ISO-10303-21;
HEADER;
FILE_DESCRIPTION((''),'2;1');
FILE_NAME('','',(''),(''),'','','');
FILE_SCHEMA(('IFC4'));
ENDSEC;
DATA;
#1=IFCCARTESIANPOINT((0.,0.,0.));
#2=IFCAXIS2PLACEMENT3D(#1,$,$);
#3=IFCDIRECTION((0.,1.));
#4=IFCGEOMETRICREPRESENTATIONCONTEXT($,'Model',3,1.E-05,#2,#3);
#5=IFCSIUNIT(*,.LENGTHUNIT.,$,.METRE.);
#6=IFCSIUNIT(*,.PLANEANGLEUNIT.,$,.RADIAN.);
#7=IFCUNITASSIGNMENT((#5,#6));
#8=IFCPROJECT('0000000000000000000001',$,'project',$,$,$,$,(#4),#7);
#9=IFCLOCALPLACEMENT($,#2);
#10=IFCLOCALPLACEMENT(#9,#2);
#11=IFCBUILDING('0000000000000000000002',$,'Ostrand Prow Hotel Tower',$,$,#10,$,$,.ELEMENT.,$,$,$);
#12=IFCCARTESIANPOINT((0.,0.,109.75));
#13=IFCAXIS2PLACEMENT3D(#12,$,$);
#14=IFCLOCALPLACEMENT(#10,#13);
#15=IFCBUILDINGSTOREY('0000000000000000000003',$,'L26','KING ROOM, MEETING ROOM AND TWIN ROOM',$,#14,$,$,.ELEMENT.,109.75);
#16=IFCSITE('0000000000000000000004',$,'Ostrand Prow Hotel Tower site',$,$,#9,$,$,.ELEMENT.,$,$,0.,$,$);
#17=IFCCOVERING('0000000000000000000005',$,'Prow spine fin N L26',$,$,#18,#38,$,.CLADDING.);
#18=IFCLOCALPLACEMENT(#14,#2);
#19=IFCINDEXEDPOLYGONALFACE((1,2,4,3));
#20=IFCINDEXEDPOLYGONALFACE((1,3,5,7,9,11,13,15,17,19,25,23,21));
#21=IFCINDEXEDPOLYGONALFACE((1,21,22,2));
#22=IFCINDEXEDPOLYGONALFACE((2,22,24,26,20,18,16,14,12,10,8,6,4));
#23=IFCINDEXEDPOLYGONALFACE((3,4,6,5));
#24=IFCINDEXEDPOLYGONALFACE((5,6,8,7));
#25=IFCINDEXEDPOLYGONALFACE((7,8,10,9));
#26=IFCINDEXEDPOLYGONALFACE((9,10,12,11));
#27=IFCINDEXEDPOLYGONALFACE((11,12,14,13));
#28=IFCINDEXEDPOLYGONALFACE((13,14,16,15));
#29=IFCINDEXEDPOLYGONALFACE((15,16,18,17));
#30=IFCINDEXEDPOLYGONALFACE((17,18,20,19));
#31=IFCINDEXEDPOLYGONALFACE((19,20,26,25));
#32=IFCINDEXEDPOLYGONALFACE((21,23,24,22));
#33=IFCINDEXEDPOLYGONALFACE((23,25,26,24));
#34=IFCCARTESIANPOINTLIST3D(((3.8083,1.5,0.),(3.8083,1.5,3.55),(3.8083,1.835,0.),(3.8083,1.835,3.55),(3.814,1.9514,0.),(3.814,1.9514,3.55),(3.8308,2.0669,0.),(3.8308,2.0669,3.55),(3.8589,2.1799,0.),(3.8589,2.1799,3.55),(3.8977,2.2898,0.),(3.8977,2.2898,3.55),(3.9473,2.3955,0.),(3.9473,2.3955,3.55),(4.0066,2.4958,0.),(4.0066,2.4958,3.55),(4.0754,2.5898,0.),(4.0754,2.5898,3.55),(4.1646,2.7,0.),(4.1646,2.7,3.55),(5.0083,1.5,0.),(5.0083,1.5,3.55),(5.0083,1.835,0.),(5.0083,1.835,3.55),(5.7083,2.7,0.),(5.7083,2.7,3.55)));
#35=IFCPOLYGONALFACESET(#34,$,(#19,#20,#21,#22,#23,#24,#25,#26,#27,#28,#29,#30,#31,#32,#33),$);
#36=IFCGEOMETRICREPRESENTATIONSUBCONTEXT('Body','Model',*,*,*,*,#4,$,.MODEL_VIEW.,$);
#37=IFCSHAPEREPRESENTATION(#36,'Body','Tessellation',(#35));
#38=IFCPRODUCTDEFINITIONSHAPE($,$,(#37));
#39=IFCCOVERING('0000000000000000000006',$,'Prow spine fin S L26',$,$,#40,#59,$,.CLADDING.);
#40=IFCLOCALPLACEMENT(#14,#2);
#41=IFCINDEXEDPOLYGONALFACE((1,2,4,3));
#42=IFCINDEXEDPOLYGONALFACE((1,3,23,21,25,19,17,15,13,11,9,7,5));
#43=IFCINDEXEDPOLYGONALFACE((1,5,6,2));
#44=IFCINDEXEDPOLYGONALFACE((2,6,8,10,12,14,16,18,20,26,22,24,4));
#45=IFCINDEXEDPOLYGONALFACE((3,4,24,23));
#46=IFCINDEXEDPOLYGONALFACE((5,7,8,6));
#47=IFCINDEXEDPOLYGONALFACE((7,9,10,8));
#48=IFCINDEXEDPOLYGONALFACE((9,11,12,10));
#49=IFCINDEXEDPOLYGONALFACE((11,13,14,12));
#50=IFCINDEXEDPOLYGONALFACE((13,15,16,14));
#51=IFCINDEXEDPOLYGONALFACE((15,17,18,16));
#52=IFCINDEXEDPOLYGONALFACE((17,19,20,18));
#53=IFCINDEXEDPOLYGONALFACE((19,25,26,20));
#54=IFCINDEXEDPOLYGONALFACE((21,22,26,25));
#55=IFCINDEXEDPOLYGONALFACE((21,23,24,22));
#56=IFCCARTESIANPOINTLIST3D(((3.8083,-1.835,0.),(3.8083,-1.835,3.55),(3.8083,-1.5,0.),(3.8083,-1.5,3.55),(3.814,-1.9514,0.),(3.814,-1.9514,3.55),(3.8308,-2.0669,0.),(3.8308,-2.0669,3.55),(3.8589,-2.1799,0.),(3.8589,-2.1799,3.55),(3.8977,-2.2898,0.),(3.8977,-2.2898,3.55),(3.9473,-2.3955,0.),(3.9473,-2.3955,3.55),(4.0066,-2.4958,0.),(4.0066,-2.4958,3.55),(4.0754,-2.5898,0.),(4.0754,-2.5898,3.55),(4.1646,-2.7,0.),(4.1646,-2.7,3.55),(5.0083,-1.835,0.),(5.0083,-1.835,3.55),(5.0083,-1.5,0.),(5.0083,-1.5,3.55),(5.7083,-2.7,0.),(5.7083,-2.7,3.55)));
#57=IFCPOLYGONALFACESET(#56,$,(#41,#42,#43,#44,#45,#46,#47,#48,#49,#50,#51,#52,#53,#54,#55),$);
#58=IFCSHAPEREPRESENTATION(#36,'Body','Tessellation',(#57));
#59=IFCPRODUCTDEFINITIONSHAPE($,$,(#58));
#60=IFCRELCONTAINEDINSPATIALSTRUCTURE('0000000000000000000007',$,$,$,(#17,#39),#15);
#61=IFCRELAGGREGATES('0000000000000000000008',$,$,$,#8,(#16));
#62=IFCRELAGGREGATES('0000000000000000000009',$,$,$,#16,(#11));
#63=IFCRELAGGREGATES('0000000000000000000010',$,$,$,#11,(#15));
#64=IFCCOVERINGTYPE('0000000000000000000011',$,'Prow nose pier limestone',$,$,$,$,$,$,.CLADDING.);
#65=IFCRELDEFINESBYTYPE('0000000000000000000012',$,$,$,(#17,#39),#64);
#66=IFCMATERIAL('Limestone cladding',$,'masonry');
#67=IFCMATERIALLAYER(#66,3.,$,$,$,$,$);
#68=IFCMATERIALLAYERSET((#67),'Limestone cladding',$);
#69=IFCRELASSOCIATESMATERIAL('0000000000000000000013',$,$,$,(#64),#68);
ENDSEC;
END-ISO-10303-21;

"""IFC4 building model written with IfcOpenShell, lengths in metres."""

from ifc_helpers import new_model, si_unit, direction, frame, origin, place, context, subcontext, project, spatial, polyline, outline, extrude, material, layer, layer_set, type_object, element, save


model = new_model("IFC4")

# Units and contexts
model_context = context("Model", 3, precision=1e-05, world=origin(), true_north=direction((0.0, 1.0)))
body_context = subcontext(model_context, "Body", "Model", "MODEL_VIEW")
ifc_project = project(units=[si_unit("LENGTHUNIT", "METRE"), si_unit("PLANEANGLEUNIT", "RADIAN")], contexts=[model_context])

# Site, building, storey
site_placement = place(None, origin())
site = spatial("IfcSite", under=ifc_project, at=site_placement, Name="Ostrand Prow Hotel Tower site", CompositionType="ELEMENT", RefElevation=0.0)
building_placement = place(site_placement, origin())
building = spatial("IfcBuilding", under=site, at=building_placement, Name="Ostrand Prow Hotel Tower", CompositionType="ELEMENT")
storey_placement = place(building_placement, frame((0.0, 0.0, 109.75)))
storey = spatial("IfcBuildingStorey", under=building, at=storey_placement, Name="L26", Description="KING ROOM, MEETING ROOM AND TWIN ROOM", CompositionType="ELEMENT", Elevation=109.75)

# Coverings
ifc_material_1 = material(Name="Limestone cladding", Category="masonry")
ifc_layer_1 = layer(ifc_material_1, 3.0)
ifc_layer_set_1 = layer_set([ifc_layer_1], Name="Limestone cladding")
covering_type_1 = type_object("IfcCoveringType", Name="Prow nose pier limestone", PredefinedType="CLADDING", material=ifc_layer_set_1)
covering_1_placement = place(storey_placement, origin())
element("IfcCovering", 1, at=covering_1_placement, inside=storey, type_object=covering_type_1, Name="Prow spine fin N L26", PredefinedType="CLADDING", context=body_context, shape_type="SweptSolid", body=[
    extrude(outline(polyline([(3.8083, 1.835), (3.8083, 1.5), (5.0083, 1.5), (5.0083, 1.835), (5.7083, 2.7), (4.1646, 2.7), (4.0754, 2.5898), (4.0066, 2.4958), (3.9473, 2.3955), (3.8977, 2.2898), (3.8589, 2.1799), (3.8308, 2.0669), (3.814, 1.9514), (3.8083, 1.835)])), origin(), (0.0, 0.0, 1.0), 3.55),
])
covering_2_placement = place(storey_placement, origin())
element("IfcCovering", 2, at=covering_2_placement, inside=storey, type_object=covering_type_1, Name="Prow spine fin S L26", PredefinedType="CLADDING", context=body_context, shape_type="SweptSolid", body=[
    extrude(outline(polyline([(4.0754, -2.5898), (4.1646, -2.7), (5.7083, -2.7), (5.0083, -1.835), (5.0083, -1.5), (3.8083, -1.5), (3.8083, -1.835), (3.814, -1.9514), (3.8308, -2.0669), (3.8589, -2.1799), (3.8977, -2.2898), (3.9473, -2.3955), (4.0066, -2.4958), (4.0754, -2.5898)])), origin(), (0.0, 0.0, 1.0), 3.55),
])

save(model, "model.ifc")
